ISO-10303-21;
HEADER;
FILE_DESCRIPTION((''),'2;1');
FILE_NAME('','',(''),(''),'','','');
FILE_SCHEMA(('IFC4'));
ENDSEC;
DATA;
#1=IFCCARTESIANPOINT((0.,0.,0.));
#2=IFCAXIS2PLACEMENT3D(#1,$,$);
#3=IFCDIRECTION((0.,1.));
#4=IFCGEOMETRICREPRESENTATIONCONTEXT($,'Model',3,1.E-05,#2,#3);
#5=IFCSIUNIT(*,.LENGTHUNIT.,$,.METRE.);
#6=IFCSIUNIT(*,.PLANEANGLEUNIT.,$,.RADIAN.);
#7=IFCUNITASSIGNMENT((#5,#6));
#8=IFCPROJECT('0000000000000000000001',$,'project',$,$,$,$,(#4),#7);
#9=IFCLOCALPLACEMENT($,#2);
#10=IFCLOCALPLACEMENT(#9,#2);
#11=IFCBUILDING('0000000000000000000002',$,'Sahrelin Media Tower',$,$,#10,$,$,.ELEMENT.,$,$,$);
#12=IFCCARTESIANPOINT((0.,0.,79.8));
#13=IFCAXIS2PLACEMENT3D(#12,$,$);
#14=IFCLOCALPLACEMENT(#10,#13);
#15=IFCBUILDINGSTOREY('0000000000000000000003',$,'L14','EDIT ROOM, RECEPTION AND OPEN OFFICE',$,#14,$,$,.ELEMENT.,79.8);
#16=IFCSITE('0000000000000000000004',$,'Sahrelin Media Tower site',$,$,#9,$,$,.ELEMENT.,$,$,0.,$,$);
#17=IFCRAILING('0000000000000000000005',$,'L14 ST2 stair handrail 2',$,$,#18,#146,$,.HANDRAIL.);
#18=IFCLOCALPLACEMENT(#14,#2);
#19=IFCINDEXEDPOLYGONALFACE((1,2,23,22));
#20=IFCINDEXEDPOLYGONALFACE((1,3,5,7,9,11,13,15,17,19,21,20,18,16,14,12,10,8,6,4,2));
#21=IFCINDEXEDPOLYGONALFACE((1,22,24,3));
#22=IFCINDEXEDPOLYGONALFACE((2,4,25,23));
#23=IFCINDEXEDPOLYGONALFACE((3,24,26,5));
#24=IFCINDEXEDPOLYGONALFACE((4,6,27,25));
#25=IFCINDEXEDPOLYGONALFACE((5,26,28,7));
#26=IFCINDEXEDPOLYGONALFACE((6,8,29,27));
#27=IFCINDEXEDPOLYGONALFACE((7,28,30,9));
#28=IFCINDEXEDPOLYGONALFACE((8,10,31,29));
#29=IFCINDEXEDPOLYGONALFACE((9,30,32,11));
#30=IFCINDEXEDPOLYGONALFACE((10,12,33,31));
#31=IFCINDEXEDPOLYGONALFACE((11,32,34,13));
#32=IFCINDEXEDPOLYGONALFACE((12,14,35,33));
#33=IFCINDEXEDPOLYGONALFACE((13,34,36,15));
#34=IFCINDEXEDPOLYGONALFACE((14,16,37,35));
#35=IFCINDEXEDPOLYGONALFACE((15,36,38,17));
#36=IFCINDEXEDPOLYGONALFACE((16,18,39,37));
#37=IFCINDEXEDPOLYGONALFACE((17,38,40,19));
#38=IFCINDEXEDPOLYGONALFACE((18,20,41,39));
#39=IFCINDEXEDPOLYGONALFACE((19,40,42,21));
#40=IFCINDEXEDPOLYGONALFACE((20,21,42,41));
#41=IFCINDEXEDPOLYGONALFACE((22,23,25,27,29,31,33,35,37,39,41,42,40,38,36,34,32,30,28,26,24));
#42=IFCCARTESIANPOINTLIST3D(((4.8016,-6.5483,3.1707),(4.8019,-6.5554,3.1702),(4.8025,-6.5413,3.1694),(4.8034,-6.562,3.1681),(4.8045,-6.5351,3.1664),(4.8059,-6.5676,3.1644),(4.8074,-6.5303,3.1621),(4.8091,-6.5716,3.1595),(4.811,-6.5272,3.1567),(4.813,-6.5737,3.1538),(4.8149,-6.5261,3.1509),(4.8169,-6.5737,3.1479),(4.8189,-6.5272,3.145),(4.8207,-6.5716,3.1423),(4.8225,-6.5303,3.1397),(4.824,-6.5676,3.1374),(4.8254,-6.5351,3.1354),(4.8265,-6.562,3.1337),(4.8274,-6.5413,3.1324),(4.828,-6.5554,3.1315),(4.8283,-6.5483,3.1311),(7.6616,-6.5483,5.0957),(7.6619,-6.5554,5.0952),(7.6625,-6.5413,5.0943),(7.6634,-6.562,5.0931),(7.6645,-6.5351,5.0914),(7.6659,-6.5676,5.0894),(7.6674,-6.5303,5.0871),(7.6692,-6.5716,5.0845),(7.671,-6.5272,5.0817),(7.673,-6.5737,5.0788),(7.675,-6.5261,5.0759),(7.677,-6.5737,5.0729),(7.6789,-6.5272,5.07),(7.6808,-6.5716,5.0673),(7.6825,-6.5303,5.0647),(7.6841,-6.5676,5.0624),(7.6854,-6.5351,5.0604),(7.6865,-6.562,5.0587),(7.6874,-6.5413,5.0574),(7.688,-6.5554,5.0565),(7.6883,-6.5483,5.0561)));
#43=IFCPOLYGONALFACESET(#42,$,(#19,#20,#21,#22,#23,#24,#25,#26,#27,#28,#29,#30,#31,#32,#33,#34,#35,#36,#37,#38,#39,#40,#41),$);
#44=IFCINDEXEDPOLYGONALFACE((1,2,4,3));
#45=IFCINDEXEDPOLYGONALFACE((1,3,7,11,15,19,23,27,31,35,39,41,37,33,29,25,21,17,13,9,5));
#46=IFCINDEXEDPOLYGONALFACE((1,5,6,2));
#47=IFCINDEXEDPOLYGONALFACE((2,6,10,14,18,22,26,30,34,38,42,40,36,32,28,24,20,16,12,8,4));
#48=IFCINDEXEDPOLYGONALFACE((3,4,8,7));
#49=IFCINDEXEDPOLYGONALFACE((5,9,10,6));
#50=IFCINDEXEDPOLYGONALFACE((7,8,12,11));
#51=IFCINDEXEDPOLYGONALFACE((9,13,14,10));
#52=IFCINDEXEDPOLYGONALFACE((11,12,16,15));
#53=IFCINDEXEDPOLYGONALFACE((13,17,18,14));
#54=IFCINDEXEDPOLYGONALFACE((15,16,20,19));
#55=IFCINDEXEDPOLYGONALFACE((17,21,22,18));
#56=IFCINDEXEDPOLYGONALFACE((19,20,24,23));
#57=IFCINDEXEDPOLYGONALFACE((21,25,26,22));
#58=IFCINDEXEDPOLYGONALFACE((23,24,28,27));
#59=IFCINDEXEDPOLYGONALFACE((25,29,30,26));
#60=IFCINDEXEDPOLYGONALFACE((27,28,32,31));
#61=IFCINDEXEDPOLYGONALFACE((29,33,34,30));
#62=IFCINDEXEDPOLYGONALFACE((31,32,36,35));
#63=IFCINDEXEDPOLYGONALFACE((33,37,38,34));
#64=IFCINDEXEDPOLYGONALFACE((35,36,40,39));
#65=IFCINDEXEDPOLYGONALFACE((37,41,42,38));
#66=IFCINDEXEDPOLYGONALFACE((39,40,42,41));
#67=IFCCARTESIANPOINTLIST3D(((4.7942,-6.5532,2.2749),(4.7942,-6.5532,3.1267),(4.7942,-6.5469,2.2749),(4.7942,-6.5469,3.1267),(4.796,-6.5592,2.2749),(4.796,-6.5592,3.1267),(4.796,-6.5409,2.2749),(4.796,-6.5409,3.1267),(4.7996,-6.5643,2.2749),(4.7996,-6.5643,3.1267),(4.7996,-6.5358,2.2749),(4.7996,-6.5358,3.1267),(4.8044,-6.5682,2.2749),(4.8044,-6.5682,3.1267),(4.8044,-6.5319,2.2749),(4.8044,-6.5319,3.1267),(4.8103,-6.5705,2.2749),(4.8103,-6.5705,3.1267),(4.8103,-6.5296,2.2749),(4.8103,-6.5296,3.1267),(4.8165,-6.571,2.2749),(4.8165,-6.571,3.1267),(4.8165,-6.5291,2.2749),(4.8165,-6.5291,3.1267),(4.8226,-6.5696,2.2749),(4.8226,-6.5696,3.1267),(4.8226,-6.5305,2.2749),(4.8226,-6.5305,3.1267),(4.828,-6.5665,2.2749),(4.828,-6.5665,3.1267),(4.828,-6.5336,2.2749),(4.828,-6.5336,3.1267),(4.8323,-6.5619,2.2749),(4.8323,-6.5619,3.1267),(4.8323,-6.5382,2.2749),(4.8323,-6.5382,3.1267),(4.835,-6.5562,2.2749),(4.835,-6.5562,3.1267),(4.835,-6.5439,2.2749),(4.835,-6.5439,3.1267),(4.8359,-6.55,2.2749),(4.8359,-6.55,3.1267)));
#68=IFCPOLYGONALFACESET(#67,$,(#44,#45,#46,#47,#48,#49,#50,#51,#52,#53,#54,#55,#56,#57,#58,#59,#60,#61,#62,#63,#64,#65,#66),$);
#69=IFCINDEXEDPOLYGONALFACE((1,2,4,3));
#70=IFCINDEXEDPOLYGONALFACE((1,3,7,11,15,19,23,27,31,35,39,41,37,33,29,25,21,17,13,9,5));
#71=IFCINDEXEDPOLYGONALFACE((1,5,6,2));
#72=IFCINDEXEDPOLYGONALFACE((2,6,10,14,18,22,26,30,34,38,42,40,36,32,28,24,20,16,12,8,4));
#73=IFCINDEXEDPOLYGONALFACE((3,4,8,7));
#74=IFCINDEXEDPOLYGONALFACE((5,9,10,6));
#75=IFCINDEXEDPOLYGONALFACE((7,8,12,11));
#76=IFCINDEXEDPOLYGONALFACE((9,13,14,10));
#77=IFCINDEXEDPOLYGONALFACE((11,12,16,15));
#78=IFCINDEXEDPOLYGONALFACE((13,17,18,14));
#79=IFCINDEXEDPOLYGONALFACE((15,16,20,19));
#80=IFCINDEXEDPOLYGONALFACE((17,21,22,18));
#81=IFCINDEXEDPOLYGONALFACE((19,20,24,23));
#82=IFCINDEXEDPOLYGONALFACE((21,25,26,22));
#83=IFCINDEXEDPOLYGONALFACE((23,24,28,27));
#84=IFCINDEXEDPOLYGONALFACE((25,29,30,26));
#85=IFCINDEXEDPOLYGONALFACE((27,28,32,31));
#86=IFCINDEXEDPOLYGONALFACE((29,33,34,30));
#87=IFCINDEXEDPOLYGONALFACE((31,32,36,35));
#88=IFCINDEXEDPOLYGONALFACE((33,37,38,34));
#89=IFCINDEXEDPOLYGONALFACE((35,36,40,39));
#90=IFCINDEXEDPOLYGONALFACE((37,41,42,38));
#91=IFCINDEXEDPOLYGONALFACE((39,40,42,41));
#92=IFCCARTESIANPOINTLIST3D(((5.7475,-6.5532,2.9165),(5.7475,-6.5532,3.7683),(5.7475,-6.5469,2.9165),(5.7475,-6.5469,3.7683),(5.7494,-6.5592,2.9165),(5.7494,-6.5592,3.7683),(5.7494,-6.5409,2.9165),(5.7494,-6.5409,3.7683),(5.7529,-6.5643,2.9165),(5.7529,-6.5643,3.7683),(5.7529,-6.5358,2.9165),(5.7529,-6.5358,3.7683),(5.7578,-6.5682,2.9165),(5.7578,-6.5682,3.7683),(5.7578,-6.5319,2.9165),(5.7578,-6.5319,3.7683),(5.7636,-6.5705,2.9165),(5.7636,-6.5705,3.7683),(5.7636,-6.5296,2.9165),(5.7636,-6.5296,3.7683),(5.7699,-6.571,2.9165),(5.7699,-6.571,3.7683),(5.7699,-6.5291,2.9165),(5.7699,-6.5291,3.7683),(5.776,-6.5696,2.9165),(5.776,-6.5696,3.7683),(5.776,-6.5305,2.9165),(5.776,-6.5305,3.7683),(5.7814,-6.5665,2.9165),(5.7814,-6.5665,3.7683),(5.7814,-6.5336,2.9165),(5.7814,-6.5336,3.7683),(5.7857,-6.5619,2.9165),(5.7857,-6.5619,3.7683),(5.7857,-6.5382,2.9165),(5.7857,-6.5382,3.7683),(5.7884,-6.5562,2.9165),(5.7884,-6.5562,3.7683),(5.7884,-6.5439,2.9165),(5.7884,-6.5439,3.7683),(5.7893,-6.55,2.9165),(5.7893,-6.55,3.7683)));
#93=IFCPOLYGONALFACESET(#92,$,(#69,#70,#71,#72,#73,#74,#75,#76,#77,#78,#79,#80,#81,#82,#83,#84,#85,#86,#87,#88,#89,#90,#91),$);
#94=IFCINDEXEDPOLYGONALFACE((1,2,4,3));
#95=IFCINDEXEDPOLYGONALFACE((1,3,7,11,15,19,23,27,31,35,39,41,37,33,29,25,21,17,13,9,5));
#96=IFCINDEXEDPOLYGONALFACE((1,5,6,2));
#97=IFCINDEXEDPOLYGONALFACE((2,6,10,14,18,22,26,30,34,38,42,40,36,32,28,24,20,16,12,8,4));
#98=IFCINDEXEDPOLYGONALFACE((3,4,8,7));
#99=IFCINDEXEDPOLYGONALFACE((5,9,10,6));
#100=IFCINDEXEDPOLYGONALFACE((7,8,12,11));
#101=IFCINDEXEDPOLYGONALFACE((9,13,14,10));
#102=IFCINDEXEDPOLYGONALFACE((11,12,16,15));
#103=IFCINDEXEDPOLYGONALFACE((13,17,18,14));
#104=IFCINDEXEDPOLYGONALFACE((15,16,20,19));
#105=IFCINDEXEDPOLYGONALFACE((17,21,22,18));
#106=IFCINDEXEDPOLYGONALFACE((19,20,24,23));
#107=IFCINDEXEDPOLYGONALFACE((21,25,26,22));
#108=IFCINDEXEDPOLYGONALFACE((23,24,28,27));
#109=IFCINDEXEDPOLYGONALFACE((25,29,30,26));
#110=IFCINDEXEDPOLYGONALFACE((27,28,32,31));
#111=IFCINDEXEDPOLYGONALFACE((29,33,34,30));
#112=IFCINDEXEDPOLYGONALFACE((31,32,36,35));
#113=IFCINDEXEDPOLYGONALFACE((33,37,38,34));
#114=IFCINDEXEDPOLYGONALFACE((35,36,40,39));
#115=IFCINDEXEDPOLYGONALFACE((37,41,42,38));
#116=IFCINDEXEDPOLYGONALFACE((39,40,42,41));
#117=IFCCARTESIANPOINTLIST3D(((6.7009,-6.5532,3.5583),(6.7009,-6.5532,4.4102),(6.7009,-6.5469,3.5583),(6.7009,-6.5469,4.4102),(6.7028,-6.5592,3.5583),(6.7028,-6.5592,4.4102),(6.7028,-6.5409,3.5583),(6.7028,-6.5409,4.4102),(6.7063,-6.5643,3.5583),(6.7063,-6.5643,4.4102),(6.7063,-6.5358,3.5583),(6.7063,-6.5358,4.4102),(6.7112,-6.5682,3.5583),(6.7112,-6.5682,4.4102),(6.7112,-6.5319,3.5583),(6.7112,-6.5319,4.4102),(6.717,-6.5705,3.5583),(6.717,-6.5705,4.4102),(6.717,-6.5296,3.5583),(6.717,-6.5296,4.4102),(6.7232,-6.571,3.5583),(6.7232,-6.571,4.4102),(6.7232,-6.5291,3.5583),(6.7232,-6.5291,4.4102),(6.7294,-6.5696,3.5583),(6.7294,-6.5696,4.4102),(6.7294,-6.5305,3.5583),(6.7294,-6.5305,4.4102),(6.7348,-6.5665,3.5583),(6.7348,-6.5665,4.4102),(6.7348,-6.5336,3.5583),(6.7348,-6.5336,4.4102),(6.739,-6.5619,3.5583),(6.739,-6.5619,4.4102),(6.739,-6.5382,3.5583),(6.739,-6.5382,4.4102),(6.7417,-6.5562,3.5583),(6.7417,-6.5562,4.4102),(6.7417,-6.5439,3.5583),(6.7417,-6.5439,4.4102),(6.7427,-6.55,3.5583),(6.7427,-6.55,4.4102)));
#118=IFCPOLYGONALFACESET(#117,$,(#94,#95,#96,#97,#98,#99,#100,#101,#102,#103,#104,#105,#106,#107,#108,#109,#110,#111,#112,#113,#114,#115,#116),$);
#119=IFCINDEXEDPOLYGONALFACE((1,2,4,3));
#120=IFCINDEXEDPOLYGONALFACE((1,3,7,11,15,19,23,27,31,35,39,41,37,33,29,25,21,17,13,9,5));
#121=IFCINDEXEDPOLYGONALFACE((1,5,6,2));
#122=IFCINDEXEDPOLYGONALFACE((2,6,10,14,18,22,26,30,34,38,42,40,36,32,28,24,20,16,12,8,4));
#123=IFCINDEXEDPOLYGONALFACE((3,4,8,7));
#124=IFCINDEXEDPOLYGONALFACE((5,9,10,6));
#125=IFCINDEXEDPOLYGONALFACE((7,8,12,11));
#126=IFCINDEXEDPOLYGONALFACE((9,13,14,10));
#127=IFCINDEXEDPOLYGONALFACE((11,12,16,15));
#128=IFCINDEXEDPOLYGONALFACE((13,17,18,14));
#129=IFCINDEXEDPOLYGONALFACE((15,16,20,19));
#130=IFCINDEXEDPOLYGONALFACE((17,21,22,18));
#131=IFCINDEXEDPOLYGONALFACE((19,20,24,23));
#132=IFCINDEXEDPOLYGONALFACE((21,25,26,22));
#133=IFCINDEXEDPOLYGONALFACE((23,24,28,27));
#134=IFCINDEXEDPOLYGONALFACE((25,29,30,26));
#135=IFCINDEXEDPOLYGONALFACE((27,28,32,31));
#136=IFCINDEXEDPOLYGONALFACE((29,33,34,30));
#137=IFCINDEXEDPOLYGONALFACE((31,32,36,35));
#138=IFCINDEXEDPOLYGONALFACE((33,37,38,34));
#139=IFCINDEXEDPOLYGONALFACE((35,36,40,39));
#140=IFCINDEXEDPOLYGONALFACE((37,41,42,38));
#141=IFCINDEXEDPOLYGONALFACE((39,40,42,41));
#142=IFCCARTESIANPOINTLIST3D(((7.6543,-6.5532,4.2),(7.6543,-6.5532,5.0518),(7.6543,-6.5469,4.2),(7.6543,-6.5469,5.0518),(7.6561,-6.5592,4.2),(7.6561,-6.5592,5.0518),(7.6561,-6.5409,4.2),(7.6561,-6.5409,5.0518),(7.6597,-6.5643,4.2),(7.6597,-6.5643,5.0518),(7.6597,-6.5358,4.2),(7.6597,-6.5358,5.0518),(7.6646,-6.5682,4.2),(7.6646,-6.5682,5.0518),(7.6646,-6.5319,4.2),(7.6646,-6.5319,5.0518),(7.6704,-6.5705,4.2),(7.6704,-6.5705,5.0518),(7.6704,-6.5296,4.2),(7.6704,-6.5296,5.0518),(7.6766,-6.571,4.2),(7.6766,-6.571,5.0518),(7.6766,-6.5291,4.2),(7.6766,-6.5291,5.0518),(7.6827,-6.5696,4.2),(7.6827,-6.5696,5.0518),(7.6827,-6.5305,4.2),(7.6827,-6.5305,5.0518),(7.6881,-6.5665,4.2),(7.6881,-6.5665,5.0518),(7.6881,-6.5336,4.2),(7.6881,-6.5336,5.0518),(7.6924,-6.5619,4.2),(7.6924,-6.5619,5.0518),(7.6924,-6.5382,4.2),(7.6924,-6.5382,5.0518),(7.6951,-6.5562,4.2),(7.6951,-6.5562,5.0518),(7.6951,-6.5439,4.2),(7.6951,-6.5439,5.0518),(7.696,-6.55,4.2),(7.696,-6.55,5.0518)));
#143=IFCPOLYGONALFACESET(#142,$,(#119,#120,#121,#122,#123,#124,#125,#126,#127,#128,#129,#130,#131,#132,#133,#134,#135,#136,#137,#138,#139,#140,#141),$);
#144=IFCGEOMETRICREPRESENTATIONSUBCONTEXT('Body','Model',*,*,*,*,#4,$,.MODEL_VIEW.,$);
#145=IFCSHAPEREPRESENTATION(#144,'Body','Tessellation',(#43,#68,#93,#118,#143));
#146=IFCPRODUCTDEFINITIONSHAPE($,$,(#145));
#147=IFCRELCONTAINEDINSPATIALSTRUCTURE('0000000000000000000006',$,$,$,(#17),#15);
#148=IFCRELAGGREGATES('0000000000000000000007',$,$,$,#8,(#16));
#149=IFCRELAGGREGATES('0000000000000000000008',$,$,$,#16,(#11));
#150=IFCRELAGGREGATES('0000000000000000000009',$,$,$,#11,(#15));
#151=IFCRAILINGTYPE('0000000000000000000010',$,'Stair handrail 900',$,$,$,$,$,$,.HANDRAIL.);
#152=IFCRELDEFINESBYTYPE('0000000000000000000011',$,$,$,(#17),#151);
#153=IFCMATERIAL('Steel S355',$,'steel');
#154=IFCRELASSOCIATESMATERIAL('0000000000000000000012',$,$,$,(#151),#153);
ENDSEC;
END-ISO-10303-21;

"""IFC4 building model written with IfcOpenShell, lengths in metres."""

from ifc_helpers import new_model, si_unit, direction, frame, origin, origin_2d, place, context, subcontext, project, spatial, circle, extrude, material, type_object, element, save


model = new_model("IFC4")

# Units and contexts
model_context = context("Model", 3, precision=1e-05, world=origin(), true_north=direction((0.0, 1.0)))
body_context = subcontext(model_context, "Body", "Model", "MODEL_VIEW")
ifc_project = project(units=[si_unit("LENGTHUNIT", "METRE"), si_unit("PLANEANGLEUNIT", "RADIAN")], contexts=[model_context])

# Site, building, storey
site_placement = place(None, origin())
site = spatial("IfcSite", under=ifc_project, at=site_placement, Name="Sahrelin Media Tower site", CompositionType="ELEMENT", RefElevation=0.0)
building_placement = place(site_placement, origin())
building = spatial("IfcBuilding", under=site, at=building_placement, Name="Sahrelin Media Tower", CompositionType="ELEMENT")
storey_placement = place(building_placement, frame((0.0, 0.0, 79.8)))
storey = spatial("IfcBuildingStorey", under=building, at=storey_placement, Name="L14", Description="EDIT ROOM, RECEPTION AND OPEN OFFICE", CompositionType="ELEMENT", Elevation=79.8)

# Railing
ifc_material_1 = material(Name="Steel S355", Category="steel")
railing_type_1 = type_object("IfcRailingType", Name="Stair handrail 900", PredefinedType="HANDRAIL", material=ifc_material_1)
railing_1_placement = place(storey_placement, frame((4.8149, -6.55, 2.2749)))
element("IfcRailing", 1, at=railing_1_placement, inside=storey, type_object=railing_type_1, Name="L14 ST2 stair handrail 2", PredefinedType="HANDRAIL", context=body_context, shape_type="SweptSolid", body=[
    extrude(circle(Radius=0.0239, at=origin_2d()), frame((0.0, 0.0, 0.876), z_axis=(0.829591, 0.0, 0.558372), x_axis=(0.0, 1.0, 0.0)), (0.0, 0.0, 1.0), 3.4475),
    extrude(circle(Radius=0.021, at=origin_2d()), origin(), (0.0, 0.0, 1.0), 0.8518),
    extrude(circle(Radius=0.021, at=origin_2d()), frame((0.9534, 0.0, 0.6416)), (0.0, 0.0, 1.0), 0.8518),
    extrude(circle(Radius=0.021, at=origin_2d()), frame((1.9067, 0.0, 1.2834)), (0.0, 0.0, 1.0), 0.8518),
    extrude(circle(Radius=0.021, at=origin_2d()), frame((2.8601, 0.0, 1.925)), (0.0, 0.0, 1.0), 0.8518),
])

save(model, "model.ifc")
